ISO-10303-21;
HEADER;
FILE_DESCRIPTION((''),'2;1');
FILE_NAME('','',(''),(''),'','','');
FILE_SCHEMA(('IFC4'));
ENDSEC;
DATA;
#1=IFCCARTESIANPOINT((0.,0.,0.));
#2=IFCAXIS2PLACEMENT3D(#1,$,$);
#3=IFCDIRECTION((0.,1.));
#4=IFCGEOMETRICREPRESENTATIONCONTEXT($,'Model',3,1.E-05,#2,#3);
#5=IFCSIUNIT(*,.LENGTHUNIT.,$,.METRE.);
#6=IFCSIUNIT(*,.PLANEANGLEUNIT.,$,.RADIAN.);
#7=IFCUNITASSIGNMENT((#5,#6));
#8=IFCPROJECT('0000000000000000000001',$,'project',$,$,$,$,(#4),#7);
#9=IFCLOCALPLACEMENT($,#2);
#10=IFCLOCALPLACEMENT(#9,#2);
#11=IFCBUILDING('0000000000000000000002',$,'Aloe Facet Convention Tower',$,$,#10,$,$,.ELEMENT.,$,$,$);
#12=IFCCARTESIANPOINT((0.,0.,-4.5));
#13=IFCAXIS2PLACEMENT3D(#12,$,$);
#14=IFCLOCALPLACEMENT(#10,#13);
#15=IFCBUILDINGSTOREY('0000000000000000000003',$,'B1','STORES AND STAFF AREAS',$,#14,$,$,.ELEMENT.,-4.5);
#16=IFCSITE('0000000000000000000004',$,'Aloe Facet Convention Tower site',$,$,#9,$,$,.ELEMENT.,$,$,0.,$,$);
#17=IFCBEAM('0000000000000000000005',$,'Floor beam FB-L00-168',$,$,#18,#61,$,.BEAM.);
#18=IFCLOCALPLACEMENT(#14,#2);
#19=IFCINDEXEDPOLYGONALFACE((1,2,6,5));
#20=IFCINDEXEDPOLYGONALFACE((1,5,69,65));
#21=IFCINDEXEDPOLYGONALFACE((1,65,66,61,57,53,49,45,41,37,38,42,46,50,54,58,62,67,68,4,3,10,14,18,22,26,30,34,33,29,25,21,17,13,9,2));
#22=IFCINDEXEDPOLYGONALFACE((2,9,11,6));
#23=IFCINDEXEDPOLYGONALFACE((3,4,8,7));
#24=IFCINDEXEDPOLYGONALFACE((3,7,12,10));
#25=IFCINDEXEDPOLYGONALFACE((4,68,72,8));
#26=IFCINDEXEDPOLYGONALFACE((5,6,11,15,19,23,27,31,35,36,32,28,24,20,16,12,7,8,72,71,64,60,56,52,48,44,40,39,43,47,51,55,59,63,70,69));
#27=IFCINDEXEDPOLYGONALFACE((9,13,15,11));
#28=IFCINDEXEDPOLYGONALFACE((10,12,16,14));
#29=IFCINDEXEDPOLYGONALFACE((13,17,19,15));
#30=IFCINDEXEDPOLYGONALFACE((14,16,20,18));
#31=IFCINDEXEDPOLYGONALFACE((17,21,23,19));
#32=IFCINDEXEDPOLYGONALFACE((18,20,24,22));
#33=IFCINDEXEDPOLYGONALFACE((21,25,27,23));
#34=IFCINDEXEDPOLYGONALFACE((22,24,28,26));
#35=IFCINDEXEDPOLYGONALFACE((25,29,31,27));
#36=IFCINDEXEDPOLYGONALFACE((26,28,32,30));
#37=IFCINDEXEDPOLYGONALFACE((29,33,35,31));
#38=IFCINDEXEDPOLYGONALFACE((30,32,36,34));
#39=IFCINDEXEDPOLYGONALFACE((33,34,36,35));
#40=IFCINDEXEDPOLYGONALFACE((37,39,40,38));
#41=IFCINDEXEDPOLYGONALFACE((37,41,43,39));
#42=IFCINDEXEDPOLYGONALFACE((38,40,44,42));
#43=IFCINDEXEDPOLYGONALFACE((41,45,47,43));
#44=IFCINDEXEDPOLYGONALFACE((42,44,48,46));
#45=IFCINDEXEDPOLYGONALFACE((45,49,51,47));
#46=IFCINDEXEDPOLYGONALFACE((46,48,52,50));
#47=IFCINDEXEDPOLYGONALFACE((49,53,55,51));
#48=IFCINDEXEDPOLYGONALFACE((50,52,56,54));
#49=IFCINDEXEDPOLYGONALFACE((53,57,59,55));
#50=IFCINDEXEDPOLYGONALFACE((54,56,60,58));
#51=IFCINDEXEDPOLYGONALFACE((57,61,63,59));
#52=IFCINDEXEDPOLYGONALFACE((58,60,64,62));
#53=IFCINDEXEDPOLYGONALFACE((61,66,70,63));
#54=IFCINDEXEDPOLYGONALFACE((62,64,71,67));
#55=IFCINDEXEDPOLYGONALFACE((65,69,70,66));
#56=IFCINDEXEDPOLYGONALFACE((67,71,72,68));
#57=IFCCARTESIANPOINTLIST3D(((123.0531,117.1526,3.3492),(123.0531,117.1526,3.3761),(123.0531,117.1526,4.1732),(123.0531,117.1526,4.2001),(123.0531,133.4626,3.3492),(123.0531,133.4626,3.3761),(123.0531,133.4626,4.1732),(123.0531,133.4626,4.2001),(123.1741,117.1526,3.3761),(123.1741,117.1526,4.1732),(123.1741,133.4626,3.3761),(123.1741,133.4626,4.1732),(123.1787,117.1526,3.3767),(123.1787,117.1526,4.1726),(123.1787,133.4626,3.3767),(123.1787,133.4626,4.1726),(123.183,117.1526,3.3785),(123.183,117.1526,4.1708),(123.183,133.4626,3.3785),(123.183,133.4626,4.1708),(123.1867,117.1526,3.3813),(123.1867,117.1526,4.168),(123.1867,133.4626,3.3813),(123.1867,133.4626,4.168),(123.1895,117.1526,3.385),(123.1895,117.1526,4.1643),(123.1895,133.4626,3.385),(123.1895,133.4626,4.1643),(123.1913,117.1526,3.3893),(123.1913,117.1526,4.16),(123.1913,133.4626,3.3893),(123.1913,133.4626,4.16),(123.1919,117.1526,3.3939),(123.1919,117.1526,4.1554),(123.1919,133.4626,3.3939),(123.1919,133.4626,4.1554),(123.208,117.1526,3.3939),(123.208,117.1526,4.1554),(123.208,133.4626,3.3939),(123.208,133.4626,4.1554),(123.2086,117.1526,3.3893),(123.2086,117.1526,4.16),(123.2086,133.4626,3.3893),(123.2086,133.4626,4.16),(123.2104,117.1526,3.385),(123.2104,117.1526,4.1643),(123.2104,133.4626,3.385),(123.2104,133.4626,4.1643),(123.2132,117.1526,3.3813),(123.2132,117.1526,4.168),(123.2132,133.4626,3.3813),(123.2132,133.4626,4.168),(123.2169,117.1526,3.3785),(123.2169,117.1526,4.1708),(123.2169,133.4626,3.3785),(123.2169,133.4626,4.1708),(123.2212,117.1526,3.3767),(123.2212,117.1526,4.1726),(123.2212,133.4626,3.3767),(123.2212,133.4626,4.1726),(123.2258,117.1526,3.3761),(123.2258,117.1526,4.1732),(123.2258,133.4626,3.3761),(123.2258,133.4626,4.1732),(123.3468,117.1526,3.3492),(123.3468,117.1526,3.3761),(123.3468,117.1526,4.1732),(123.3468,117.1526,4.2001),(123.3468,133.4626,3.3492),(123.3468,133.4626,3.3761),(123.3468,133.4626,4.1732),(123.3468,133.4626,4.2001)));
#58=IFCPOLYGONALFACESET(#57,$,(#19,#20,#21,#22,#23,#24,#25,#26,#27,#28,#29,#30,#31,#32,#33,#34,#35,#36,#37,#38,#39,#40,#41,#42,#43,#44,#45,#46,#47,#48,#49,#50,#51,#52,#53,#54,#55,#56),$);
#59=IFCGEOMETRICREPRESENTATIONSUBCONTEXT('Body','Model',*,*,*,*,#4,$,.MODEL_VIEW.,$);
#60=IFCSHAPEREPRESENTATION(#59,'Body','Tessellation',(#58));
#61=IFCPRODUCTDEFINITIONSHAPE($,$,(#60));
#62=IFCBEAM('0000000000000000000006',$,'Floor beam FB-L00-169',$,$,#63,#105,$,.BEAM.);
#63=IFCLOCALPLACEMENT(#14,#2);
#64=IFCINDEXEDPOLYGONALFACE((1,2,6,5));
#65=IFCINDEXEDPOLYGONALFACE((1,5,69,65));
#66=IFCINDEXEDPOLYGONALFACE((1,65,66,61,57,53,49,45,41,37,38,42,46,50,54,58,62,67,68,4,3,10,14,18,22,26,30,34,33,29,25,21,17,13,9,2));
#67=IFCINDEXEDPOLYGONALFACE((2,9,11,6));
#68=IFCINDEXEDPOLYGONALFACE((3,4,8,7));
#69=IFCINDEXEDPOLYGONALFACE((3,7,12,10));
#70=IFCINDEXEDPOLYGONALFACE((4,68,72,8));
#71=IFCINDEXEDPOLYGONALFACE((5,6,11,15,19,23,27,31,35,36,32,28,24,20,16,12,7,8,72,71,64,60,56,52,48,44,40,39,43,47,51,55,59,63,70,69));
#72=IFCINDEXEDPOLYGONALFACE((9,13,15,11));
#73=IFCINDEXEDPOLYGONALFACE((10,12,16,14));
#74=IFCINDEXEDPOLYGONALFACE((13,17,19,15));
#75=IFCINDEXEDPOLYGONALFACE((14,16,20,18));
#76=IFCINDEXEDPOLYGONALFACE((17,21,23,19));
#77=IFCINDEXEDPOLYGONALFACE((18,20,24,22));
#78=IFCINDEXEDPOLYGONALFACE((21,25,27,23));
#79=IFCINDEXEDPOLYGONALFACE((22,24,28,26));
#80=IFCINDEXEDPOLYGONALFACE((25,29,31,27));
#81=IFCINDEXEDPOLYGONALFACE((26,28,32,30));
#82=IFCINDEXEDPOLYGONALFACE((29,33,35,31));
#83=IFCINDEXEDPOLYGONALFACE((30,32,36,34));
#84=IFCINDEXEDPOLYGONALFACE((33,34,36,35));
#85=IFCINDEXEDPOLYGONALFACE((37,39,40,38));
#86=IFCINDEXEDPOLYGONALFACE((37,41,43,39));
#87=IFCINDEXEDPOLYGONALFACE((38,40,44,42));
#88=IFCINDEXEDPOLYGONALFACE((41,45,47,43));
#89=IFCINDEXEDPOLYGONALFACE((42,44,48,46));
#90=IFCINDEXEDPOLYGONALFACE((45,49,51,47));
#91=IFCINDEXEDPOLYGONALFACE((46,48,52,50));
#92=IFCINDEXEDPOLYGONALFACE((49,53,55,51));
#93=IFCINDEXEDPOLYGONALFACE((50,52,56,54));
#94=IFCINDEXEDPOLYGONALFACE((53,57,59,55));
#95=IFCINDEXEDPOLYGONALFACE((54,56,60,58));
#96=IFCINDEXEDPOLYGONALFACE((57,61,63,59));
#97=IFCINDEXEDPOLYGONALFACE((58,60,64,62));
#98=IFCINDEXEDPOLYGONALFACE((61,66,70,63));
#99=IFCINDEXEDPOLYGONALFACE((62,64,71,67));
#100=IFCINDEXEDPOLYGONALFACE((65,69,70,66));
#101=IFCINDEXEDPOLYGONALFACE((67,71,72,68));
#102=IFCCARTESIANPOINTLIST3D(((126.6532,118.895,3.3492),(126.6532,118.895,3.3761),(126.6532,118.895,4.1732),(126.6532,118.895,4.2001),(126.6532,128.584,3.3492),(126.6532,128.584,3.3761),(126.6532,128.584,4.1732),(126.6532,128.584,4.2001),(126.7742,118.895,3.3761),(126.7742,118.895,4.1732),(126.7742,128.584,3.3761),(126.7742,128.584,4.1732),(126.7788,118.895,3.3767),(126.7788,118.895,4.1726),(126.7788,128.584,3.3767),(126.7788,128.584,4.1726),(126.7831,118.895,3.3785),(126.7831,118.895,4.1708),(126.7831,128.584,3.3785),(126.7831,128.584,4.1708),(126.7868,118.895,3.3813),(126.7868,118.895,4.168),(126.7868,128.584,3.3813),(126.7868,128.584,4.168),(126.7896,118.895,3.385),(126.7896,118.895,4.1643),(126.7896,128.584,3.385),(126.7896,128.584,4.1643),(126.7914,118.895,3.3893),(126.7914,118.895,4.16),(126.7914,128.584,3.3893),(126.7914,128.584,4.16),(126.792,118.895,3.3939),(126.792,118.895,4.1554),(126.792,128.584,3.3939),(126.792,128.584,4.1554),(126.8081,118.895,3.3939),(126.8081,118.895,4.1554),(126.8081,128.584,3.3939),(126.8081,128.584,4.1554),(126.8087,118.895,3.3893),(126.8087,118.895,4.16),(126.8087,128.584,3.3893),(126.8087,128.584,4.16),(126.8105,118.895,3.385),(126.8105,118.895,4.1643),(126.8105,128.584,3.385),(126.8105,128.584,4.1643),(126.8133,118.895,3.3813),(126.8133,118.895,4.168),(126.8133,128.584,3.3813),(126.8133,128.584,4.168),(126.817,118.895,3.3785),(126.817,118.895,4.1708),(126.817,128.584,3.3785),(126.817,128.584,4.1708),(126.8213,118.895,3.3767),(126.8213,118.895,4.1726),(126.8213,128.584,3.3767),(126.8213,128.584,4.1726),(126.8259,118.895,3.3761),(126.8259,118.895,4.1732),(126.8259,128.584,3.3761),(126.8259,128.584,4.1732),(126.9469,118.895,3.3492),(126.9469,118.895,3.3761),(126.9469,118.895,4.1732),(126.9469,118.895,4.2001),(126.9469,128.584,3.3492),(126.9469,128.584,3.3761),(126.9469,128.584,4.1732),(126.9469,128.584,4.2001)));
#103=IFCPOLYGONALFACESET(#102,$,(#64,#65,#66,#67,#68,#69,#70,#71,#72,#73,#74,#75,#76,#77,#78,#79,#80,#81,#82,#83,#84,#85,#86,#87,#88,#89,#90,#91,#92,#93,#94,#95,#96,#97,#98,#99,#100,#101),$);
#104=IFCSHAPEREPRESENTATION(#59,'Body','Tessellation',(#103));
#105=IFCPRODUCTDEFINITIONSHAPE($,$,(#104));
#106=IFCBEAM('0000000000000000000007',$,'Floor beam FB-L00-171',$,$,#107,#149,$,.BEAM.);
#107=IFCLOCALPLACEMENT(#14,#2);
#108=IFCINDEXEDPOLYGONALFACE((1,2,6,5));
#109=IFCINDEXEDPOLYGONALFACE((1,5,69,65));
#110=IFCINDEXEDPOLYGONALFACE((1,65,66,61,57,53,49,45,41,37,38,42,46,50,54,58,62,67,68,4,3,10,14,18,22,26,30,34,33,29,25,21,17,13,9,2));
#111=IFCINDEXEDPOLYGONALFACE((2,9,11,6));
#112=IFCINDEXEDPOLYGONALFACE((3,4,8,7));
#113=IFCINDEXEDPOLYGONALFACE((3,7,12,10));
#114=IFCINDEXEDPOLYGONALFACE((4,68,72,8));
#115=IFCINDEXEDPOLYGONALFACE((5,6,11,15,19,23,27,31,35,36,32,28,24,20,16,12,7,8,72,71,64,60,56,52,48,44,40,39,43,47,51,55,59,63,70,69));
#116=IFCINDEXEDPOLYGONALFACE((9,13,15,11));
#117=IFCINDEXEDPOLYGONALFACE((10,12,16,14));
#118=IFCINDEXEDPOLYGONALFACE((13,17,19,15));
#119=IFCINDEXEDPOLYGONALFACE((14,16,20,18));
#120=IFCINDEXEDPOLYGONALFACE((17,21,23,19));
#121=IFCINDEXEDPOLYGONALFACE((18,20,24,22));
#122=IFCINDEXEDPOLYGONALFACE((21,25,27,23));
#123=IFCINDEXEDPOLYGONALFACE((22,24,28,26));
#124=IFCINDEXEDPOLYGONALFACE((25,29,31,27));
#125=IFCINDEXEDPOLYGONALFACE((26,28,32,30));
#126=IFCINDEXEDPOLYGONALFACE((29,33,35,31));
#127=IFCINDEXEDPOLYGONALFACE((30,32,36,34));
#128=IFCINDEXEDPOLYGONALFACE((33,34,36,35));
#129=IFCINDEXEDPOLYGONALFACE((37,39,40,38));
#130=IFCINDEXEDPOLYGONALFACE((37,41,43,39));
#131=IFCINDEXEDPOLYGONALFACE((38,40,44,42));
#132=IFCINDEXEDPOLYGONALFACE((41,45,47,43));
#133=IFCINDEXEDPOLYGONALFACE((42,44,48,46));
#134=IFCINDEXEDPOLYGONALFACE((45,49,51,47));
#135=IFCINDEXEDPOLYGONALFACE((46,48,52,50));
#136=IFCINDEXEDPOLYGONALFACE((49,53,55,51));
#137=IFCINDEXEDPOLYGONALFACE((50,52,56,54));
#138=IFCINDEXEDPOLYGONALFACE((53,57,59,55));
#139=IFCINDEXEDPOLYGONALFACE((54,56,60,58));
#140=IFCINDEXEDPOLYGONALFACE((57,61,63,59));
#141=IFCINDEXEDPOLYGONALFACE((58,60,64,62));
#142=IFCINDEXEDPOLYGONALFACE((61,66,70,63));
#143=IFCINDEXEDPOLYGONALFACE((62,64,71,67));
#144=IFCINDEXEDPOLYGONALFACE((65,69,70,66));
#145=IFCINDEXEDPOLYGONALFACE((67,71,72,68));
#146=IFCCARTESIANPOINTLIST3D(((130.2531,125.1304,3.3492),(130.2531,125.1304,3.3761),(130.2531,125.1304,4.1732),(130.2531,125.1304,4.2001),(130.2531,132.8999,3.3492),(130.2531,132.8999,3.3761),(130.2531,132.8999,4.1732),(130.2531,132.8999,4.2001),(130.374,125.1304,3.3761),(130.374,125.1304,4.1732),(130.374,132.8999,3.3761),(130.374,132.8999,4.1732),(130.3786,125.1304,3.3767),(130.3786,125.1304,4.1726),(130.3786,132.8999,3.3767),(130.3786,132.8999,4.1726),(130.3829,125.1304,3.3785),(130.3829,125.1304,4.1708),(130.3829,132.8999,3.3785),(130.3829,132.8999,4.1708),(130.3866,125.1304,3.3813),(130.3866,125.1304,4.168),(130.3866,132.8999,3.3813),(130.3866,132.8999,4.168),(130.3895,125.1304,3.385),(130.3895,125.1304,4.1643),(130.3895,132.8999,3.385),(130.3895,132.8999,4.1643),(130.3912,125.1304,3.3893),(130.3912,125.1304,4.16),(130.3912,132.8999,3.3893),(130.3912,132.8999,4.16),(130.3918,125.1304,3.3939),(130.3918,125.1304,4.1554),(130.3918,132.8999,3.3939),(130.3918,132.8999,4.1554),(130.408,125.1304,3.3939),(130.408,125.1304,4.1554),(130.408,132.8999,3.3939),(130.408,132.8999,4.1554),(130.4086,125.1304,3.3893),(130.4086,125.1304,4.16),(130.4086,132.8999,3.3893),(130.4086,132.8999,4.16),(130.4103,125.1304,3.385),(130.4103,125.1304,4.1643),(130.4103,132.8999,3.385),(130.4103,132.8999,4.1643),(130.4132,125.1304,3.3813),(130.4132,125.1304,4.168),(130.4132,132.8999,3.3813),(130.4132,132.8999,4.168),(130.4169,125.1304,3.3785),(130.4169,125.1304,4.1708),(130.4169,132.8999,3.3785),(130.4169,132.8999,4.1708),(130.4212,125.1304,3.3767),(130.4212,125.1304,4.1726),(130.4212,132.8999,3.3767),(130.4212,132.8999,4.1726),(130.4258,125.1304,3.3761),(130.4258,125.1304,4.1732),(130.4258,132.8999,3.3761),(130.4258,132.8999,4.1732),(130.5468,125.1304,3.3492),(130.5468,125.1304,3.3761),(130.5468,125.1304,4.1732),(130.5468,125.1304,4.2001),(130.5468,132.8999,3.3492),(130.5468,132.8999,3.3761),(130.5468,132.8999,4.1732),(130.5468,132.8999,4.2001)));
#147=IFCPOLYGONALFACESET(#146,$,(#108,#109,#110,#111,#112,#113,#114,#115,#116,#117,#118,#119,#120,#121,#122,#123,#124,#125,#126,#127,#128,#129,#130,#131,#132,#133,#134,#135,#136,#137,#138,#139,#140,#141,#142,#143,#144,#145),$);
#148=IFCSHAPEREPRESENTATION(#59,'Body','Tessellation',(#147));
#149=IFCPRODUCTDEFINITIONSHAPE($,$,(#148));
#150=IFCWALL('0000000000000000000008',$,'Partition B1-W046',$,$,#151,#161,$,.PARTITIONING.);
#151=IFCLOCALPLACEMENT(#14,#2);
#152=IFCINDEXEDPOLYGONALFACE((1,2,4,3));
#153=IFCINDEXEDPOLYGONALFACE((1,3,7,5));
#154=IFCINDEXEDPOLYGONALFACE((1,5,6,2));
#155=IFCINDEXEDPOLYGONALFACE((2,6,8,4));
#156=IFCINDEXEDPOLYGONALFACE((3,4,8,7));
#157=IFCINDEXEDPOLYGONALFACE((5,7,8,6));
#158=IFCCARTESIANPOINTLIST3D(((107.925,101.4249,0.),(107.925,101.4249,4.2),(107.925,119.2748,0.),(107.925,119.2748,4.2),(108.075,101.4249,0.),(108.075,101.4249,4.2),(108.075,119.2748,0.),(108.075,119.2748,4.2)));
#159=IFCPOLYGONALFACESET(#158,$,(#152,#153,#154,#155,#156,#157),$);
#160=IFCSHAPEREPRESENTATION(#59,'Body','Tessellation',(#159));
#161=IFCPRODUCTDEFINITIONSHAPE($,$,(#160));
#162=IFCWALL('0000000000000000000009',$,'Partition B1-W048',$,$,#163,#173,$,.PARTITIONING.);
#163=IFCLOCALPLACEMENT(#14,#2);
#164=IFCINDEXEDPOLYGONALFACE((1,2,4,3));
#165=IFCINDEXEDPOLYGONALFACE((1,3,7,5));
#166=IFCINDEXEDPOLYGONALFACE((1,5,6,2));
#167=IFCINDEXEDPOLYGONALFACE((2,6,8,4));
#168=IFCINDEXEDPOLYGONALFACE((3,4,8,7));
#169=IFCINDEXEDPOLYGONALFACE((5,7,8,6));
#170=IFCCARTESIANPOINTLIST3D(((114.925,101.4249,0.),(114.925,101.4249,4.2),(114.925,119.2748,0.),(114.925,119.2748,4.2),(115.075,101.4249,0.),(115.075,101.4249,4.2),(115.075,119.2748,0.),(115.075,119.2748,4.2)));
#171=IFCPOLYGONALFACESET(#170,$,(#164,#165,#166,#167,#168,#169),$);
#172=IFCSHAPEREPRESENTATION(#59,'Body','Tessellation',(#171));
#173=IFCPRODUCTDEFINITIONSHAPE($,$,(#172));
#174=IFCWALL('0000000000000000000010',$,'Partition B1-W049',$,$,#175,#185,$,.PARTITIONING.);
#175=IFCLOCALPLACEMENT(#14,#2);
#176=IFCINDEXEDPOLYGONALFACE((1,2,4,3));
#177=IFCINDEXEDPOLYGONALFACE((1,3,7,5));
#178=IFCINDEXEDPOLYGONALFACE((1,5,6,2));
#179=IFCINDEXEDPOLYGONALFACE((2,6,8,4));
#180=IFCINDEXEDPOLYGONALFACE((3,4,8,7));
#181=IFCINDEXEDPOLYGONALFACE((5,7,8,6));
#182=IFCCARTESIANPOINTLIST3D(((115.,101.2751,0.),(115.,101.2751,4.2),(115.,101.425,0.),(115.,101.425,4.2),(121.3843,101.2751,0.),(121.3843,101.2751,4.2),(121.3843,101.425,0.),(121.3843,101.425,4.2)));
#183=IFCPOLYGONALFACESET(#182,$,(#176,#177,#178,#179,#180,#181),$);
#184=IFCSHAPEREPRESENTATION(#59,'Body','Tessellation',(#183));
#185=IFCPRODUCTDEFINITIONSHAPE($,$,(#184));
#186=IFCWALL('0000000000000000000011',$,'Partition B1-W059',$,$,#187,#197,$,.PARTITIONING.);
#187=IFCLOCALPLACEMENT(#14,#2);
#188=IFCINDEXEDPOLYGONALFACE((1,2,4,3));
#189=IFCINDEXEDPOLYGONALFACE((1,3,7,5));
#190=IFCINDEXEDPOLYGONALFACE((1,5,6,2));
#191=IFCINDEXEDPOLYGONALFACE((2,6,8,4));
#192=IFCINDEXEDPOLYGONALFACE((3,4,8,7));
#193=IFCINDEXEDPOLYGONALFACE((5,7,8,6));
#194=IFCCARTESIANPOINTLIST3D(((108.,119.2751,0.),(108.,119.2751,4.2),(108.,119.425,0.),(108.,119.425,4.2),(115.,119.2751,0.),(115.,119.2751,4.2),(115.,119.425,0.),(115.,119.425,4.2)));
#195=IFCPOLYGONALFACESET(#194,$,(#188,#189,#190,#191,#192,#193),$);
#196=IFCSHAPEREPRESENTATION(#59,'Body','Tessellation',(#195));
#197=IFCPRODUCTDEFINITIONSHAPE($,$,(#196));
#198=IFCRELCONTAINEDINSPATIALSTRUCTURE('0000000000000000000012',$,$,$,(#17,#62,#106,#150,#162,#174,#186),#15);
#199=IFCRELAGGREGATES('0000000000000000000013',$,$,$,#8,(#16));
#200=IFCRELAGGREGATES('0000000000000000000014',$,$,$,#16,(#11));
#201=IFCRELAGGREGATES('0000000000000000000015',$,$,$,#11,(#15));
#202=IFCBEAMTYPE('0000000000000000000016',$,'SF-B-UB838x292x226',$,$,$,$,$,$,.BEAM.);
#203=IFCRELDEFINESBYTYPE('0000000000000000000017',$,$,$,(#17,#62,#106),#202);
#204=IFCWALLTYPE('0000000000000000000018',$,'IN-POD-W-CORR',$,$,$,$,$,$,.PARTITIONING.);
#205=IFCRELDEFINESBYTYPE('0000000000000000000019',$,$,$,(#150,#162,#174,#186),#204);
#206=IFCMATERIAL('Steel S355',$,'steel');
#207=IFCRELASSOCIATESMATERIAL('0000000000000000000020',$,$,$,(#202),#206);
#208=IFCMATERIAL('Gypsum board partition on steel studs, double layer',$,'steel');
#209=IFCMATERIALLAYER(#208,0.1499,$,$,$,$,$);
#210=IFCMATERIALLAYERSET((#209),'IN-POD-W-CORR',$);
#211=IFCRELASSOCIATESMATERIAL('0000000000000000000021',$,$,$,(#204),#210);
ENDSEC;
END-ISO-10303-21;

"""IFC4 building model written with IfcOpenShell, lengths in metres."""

from ifc_helpers import new_model, si_unit, direction, frame, frame_2d, origin, origin_2d, place, context, subcontext, project, spatial, rectangle, i_section, extrude, material, layer, layer_set, material_profile, profile_set, type_object, element, save


model = new_model("IFC4")

# Units and contexts
model_context = context("Model", 3, precision=1e-05, world=origin(), true_north=direction((0.0, 1.0)))
body_context = subcontext(model_context, "Body", "Model", "MODEL_VIEW")
ifc_project = project(units=[si_unit("LENGTHUNIT", "METRE"), si_unit("PLANEANGLEUNIT", "RADIAN")], contexts=[model_context])

# Site, building, storey
site_placement = place(None, origin())
site = spatial("IfcSite", under=ifc_project, at=site_placement, Name="Aloe Facet Convention Tower site", CompositionType="ELEMENT", RefElevation=0.0)
building_placement = place(site_placement, origin())
building = spatial("IfcBuilding", under=site, at=building_placement, Name="Aloe Facet Convention Tower", CompositionType="ELEMENT")
storey_placement = place(building_placement, frame((0.0, 0.0, -4.5)))
storey = spatial("IfcBuildingStorey", under=building, at=storey_placement, Name="B1", Description="STORES AND STAFF AREAS", CompositionType="ELEMENT", Elevation=-4.5)

# Beams
ifc_material_1 = material(Name="Steel S355", Category="steel")
ifc_material_profile_1 = material_profile(ifc_material_1, i_section(OverallWidth=0.2937, OverallDepth=0.8508, WebThickness=0.0161, FlangeThickness=0.0269, FilletRadius=0.0178, at=origin_2d()), Name="UB 838x292x226")
ifc_profile_set_1 = profile_set([ifc_material_profile_1], Name="Steel S355")
beam_type_1 = type_object("IfcBeamType", Name="SF-B-UB838x292x226", PredefinedType="BEAM", material=ifc_profile_set_1)
beam_1_placement = place(storey_placement, frame((123.2, 117.1526, 3.7747), z_axis=(0.0, 1.0, 0.0), x_axis=(-1.0, 0.0, 0.0)))
element("IfcBeam", 1, at=beam_1_placement, inside=storey, type_object=beam_type_1, Name="Floor beam FB-L00-168", PredefinedType="BEAM", context=body_context, shape_type="SweptSolid", body=[
    extrude(i_section(OverallWidth=0.2937, OverallDepth=0.8508, WebThickness=0.0161, FlangeThickness=0.0269, FilletRadius=0.0178, at=origin_2d()), origin(), (0.0, 0.0, 1.0), 16.3101),
])
beam_2_placement = place(storey_placement, frame((126.8, 118.895, 3.7747), z_axis=(0.0, 1.0, 0.0), x_axis=(-1.0, 0.0, 0.0)))
element("IfcBeam", 2, at=beam_2_placement, inside=storey, type_object=beam_type_1, Name="Floor beam FB-L00-169", PredefinedType="BEAM", context=body_context, shape_type="SweptSolid", body=[
    extrude(i_section(OverallWidth=0.2937, OverallDepth=0.8508, WebThickness=0.0161, FlangeThickness=0.0269, FilletRadius=0.0178, at=origin_2d()), origin(), (0.0, 0.0, 1.0), 9.689),
])
beam_3_placement = place(storey_placement, frame((130.3999, 125.1304, 3.7747), z_axis=(0.0, 1.0, 0.0), x_axis=(-1.0, 0.0, 0.0)))
element("IfcBeam", 3, at=beam_3_placement, inside=storey, type_object=beam_type_1, Name="Floor beam FB-L00-171", PredefinedType="BEAM", context=body_context, shape_type="SweptSolid", body=[
    extrude(i_section(OverallWidth=0.2937, OverallDepth=0.8508, WebThickness=0.0161, FlangeThickness=0.0269, FilletRadius=0.0178, at=origin_2d()), origin(), (0.0, 0.0, 1.0), 7.7695),
])

# Walls
ifc_material_2 = material(Name="Gypsum board partition on steel studs, double layer", Category="steel")
ifc_layer = layer(ifc_material_2, 0.1499)
ifc_layer_set = layer_set([ifc_layer], Name="IN-POD-W-CORR")
wall_type = type_object("IfcWallType", Name="IN-POD-W-CORR", PredefinedType="PARTITIONING", material=ifc_layer_set)
for number, where, z_axis, x_axis, name in (
    (4, (108.0, 101.425, 0.0), (0.0, 0.0, 1.0), (0.0, 1.0, 0.0), "Partition B1-W046"),
    (5, (115.0, 101.425, 0.0), (0.0, 0.0, 1.0), (0.0, 1.0, 0.0), "Partition B1-W048"),
):
    element("IfcWall", number, at=place(storey_placement, frame(where, z_axis=z_axis, x_axis=x_axis)), inside=storey, type_object=wall_type, Name=name, PredefinedType="PARTITIONING", context=body_context, shape_type="SweptSolid", body=[
        extrude(rectangle(XDim=17.8499, YDim=0.1499, at=frame_2d((8.9248, 0.0))), origin(), (0.0, 0.0, 1.0), 4.2),
    ])
wall_1_placement = place(storey_placement, frame((115.0, 101.3501, 0.0), z_axis=(0.0, 0.0, 1.0), x_axis=(1.0, 0.0, 0.0)))
element("IfcWall", 6, at=wall_1_placement, inside=storey, type_object=wall_type, Name="Partition B1-W049", PredefinedType="PARTITIONING", context=body_context, shape_type="SweptSolid", body=[
    extrude(rectangle(XDim=6.3843, YDim=0.1499, at=frame_2d((3.1921, 0.0))), origin(), (0.0, 0.0, 1.0), 4.2),
])
wall_2_placement = place(storey_placement, frame((108.0, 119.3501, 0.0), z_axis=(0.0, 0.0, 1.0), x_axis=(1.0, 0.0, 0.0)))
element("IfcWall", 7, at=wall_2_placement, inside=storey, type_object=wall_type, Name="Partition B1-W059", PredefinedType="PARTITIONING", context=body_context, shape_type="SweptSolid", body=[
    extrude(rectangle(XDim=7.0, YDim=0.1499, at=frame_2d((3.5, 0.0))), origin(), (0.0, 0.0, 1.0), 4.2),
])

save(model, "model.ifc")
